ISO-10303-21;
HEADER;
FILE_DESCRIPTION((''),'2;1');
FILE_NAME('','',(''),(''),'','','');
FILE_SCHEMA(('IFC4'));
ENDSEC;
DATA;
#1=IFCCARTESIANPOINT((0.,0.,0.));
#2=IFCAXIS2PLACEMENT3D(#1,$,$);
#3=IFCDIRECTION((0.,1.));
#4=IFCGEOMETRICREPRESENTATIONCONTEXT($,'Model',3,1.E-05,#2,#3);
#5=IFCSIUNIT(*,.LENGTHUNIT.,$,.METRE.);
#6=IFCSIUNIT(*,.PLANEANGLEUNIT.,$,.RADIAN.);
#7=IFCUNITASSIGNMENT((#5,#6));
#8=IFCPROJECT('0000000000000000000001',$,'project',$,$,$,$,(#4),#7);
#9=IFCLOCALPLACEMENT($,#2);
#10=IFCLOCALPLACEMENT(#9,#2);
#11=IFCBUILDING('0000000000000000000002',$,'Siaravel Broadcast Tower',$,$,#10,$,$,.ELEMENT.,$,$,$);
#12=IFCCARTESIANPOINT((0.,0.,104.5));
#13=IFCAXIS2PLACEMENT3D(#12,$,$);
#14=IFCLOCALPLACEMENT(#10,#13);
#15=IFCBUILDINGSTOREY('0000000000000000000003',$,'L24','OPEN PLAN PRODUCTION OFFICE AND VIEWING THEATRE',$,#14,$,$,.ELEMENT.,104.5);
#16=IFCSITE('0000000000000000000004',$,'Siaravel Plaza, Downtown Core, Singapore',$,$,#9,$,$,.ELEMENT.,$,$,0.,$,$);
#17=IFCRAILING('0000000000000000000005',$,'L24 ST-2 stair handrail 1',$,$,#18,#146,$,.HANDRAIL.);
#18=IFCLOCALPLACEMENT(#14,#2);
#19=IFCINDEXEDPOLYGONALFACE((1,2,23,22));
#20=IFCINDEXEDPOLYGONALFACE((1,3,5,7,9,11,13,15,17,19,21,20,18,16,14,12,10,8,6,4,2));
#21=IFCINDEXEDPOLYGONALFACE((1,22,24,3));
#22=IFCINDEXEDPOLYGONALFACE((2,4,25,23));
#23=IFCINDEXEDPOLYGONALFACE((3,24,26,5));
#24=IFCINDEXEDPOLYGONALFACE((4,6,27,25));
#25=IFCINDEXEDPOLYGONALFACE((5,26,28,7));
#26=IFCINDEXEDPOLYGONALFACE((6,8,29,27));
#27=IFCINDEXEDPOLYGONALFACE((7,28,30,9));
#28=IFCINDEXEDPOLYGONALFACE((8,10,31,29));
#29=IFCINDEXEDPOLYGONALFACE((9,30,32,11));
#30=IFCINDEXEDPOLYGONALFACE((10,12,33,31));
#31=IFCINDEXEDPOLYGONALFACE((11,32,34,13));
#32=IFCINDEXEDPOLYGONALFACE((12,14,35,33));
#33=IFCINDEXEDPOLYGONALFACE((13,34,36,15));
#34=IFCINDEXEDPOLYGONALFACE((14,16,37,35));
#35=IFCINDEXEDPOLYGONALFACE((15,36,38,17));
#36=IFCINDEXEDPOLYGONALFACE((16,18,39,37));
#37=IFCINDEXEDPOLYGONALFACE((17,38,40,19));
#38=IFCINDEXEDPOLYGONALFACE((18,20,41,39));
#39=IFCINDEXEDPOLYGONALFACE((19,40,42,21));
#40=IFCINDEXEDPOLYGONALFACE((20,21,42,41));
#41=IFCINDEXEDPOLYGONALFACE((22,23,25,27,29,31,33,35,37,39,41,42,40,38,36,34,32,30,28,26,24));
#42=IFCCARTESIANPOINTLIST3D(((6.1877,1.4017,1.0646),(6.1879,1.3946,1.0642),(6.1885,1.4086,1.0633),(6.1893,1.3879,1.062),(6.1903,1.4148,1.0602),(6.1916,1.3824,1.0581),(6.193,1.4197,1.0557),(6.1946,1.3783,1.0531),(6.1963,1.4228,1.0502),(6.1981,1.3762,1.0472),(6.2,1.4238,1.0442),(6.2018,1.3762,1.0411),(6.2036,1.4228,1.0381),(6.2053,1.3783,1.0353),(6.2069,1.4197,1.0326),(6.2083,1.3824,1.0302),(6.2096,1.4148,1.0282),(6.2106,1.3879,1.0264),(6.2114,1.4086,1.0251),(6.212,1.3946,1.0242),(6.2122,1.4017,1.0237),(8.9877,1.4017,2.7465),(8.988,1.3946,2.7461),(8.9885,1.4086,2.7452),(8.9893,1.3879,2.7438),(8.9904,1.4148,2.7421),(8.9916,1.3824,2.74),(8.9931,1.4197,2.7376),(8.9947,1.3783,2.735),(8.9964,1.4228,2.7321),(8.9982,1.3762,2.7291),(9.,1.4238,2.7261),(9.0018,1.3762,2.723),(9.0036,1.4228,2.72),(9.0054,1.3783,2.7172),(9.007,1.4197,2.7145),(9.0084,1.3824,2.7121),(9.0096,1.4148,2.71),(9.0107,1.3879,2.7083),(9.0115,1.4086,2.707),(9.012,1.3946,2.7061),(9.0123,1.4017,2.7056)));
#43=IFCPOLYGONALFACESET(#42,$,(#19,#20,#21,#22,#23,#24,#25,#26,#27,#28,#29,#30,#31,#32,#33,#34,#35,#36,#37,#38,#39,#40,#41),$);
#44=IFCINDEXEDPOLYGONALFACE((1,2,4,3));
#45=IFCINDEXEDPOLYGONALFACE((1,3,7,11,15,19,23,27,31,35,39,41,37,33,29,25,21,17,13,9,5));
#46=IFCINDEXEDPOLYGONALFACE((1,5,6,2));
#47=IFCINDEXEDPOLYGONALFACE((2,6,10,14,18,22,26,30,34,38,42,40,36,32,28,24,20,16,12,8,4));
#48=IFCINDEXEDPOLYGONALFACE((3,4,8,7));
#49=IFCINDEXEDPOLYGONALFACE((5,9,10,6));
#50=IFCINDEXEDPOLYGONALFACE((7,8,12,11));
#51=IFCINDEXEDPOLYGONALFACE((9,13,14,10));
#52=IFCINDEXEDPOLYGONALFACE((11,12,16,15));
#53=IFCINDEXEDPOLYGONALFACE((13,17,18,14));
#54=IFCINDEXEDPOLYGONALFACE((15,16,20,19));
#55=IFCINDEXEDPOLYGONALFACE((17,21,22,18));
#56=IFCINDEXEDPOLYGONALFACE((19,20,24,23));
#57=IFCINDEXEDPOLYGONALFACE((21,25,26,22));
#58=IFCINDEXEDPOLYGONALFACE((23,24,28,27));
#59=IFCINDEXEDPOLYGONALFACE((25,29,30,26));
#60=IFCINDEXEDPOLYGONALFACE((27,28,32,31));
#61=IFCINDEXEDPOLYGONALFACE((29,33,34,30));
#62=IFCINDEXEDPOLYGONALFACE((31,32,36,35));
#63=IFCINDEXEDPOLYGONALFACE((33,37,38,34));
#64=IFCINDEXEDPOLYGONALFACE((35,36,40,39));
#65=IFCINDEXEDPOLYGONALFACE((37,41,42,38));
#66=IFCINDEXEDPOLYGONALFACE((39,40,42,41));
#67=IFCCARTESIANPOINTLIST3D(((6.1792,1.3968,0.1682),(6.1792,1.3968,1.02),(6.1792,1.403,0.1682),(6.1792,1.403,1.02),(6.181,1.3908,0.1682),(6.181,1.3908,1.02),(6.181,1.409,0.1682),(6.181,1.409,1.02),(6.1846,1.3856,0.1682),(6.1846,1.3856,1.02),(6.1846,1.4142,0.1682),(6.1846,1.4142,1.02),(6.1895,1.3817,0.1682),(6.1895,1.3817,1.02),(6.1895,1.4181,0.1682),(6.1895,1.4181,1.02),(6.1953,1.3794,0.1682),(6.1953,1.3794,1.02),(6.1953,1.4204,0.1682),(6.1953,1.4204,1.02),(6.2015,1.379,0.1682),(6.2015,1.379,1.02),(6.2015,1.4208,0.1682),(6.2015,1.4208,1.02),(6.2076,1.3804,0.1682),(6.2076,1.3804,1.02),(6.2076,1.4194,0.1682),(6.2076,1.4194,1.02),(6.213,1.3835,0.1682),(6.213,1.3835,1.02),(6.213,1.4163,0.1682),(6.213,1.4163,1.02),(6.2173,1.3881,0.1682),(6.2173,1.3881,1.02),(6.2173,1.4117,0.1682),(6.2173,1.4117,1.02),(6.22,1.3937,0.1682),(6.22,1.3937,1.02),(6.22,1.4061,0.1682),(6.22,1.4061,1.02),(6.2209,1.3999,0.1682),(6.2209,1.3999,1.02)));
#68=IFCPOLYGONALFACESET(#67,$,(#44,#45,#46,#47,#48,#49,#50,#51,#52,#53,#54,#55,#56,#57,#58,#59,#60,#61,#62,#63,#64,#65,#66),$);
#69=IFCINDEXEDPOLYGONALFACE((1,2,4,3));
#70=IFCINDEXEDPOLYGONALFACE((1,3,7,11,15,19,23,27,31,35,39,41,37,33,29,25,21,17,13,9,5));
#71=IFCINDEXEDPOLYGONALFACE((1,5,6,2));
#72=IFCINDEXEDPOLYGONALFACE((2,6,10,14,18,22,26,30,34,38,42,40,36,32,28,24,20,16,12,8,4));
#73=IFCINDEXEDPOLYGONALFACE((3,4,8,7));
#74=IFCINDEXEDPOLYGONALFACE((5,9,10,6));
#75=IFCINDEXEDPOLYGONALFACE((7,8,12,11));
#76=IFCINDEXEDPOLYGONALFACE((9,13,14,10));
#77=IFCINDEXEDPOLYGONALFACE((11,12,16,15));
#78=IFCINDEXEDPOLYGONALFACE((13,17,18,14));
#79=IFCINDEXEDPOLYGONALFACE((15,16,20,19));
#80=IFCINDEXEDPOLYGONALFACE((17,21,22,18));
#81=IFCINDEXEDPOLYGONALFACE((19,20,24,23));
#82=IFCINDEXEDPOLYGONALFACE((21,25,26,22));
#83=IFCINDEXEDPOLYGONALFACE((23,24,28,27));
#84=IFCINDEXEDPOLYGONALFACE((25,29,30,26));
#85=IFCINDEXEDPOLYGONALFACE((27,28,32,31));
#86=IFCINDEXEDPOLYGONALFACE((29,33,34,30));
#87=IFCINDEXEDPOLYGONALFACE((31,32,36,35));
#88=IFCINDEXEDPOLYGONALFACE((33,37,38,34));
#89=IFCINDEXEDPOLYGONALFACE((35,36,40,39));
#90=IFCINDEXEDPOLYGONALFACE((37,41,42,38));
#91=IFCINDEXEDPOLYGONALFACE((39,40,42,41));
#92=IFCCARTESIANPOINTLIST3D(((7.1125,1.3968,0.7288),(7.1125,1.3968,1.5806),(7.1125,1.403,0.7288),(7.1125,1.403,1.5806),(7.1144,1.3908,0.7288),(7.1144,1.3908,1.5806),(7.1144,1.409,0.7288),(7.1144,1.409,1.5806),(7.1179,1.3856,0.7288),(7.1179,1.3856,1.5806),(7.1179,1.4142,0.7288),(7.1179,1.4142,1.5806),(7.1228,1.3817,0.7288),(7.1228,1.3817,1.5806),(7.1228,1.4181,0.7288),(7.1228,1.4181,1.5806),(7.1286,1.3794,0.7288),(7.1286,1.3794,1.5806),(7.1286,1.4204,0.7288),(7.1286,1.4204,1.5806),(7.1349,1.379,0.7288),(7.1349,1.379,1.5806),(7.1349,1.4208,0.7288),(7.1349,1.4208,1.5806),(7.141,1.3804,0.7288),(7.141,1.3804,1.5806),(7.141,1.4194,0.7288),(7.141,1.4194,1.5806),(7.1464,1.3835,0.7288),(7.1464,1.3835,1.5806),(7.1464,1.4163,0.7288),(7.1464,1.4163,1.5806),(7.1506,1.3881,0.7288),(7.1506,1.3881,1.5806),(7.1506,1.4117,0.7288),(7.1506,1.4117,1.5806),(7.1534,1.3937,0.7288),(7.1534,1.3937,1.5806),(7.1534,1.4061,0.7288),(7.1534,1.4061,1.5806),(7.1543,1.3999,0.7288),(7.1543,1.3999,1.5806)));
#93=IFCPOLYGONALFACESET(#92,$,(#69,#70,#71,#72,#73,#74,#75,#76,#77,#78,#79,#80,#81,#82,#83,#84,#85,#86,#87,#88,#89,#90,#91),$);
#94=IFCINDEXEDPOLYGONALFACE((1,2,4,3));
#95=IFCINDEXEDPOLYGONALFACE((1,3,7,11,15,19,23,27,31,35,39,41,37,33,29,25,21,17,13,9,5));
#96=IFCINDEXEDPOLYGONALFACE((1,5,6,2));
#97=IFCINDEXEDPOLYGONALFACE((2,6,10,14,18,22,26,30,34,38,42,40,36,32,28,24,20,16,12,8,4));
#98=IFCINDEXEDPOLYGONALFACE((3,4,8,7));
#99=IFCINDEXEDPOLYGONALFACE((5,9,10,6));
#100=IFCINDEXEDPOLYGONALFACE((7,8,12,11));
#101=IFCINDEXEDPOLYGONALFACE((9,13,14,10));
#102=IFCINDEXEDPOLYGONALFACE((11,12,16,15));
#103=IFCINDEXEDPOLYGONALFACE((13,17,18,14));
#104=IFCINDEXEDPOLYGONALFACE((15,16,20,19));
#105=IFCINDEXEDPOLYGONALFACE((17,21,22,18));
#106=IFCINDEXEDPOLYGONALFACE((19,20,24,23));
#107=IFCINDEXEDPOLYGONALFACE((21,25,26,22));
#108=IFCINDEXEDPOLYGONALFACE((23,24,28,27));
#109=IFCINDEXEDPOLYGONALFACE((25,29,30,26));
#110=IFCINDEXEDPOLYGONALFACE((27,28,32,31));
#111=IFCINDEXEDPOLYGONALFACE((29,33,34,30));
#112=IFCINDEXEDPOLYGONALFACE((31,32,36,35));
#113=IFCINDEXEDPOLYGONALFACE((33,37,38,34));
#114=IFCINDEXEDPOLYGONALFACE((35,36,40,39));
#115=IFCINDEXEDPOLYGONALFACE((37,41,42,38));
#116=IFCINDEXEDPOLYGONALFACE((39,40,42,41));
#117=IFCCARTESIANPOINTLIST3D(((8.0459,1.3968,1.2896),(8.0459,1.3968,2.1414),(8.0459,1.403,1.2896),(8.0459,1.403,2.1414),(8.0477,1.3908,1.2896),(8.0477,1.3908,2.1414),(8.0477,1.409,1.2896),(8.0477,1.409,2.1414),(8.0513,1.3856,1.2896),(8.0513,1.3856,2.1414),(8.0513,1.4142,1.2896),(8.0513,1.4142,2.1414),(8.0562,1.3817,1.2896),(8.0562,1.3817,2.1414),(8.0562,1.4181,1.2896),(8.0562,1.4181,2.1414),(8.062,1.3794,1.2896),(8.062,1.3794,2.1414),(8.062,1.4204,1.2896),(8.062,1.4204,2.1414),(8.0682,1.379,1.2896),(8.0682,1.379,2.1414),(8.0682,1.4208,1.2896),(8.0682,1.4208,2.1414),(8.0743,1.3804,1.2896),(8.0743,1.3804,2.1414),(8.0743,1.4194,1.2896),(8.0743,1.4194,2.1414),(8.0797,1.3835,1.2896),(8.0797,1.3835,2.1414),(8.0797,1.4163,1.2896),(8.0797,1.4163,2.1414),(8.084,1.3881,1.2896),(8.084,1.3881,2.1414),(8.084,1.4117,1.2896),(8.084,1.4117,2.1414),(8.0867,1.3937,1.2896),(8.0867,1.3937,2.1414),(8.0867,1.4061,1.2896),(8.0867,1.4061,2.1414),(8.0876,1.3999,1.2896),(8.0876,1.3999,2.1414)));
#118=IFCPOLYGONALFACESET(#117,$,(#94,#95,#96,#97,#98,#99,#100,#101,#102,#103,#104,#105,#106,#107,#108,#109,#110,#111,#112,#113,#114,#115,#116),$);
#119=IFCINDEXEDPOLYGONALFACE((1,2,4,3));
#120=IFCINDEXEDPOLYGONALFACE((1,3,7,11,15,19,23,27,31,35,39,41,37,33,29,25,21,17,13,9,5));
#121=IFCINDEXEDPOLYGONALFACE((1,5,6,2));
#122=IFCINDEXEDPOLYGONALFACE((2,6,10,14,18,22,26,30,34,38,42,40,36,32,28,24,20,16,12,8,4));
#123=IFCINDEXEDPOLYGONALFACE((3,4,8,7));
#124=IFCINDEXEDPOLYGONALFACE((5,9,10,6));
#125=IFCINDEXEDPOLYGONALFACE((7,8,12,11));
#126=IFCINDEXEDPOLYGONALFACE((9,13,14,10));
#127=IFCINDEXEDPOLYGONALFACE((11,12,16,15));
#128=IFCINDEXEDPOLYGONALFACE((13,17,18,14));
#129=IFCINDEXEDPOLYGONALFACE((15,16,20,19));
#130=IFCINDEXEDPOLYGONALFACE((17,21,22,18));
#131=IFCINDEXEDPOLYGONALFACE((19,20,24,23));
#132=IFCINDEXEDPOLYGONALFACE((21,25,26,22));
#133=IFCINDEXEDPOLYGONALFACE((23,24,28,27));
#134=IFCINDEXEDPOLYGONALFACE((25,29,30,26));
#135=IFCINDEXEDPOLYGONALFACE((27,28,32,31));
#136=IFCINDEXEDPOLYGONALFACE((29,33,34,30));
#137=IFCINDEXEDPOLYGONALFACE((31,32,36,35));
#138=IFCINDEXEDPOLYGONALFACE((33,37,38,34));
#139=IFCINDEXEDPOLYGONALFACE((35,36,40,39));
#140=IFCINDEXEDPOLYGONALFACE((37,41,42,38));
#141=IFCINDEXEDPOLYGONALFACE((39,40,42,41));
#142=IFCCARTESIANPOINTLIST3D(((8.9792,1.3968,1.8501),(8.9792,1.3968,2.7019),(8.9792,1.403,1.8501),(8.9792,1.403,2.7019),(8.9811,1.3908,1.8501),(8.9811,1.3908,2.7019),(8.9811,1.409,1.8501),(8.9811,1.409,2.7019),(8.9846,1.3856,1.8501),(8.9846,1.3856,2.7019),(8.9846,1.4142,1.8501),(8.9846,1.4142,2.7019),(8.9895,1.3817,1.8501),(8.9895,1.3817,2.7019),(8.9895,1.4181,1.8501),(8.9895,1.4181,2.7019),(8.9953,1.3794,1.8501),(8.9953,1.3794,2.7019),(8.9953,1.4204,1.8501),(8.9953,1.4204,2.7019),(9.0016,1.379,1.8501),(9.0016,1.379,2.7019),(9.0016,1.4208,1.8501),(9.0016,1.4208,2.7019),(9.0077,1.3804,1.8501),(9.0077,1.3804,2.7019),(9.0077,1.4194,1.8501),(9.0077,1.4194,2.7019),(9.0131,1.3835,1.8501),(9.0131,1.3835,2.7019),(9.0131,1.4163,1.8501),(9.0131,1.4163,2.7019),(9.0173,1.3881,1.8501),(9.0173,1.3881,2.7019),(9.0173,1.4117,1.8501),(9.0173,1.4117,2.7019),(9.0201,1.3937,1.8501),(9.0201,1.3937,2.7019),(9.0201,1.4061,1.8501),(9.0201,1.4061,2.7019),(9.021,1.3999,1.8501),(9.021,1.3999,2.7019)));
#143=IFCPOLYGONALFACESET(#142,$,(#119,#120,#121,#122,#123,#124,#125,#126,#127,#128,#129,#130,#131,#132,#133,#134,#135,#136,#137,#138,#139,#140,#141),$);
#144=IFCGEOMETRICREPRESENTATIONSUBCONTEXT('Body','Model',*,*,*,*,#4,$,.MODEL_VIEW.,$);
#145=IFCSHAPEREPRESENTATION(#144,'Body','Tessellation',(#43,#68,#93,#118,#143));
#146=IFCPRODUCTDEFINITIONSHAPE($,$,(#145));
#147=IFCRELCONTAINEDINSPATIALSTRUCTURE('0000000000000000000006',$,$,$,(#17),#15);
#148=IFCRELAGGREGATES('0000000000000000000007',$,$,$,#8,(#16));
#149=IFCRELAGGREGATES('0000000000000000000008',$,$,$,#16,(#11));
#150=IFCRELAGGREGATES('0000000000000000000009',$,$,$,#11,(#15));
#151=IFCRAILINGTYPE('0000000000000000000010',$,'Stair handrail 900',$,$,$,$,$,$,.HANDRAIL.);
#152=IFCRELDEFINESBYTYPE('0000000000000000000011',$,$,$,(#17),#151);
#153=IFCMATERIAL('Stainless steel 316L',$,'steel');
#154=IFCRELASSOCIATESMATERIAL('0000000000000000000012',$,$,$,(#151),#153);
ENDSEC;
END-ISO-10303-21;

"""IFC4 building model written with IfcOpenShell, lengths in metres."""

from ifc_helpers import new_model, si_unit, direction, frame, origin, origin_2d, place, context, subcontext, project, spatial, circle, extrude, material, type_object, element, save


model = new_model("IFC4")

# Units and contexts
model_context = context("Model", 3, precision=1e-05, world=origin(), true_north=direction((0.0, 1.0)))
body_context = subcontext(model_context, "Body", "Model", "MODEL_VIEW")
ifc_project = project(units=[si_unit("LENGTHUNIT", "METRE"), si_unit("PLANEANGLEUNIT", "RADIAN")], contexts=[model_context])

# Site, building, storey
site_placement = place(None, origin())
site = spatial("IfcSite", under=ifc_project, at=site_placement, Name="Siaravel Plaza, Downtown Core, Singapore", CompositionType="ELEMENT", RefElevation=0.0)
building_placement = place(site_placement, origin())
building = spatial("IfcBuilding", under=site, at=building_placement, Name="Siaravel Broadcast Tower", CompositionType="ELEMENT")
storey_placement = place(building_placement, frame((0.0, 0.0, 104.5)))
storey = spatial("IfcBuildingStorey", under=building, at=storey_placement, Name="L24", Description="OPEN PLAN PRODUCTION OFFICE AND VIEWING THEATRE", CompositionType="ELEMENT", Elevation=104.5)

# Railing
ifc_material_1 = material(Name="Stainless steel 316L", Category="steel")
railing_type_1 = type_object("IfcRailingType", Name="Stair handrail 900", PredefinedType="HANDRAIL", material=ifc_material_1)
railing_1_placement = place(storey_placement, frame((6.2, 1.3999, 0.1682)))
element("IfcRailing", 1, at=railing_1_placement, inside=storey, type_object=railing_type_1, Name="L24 ST-2 stair handrail 1", PredefinedType="HANDRAIL", context=body_context, shape_type="SweptSolid", body=[
    extrude(circle(Radius=0.0239, at=origin_2d()), frame((0.0, 0.0, 0.876), z_axis=(0.857242, 0.0, 0.514913), x_axis=(0.0, 1.0, 0.0)), (0.0, 0.0, 1.0), 3.2664),
    extrude(circle(Radius=0.021, at=origin_2d()), origin(), (0.0, 0.0, 1.0), 0.8518),
    extrude(circle(Radius=0.021, at=origin_2d()), frame((0.9333, 0.0, 0.5605)), (0.0, 0.0, 1.0), 0.8518),
    extrude(circle(Radius=0.021, at=origin_2d()), frame((1.8667, 0.0, 1.1213)), (0.0, 0.0, 1.0), 0.8518),
    extrude(circle(Radius=0.021, at=origin_2d()), frame((2.8, 0.0, 1.6819)), (0.0, 0.0, 1.0), 0.8518),
])

save(model, "model.ifc")
